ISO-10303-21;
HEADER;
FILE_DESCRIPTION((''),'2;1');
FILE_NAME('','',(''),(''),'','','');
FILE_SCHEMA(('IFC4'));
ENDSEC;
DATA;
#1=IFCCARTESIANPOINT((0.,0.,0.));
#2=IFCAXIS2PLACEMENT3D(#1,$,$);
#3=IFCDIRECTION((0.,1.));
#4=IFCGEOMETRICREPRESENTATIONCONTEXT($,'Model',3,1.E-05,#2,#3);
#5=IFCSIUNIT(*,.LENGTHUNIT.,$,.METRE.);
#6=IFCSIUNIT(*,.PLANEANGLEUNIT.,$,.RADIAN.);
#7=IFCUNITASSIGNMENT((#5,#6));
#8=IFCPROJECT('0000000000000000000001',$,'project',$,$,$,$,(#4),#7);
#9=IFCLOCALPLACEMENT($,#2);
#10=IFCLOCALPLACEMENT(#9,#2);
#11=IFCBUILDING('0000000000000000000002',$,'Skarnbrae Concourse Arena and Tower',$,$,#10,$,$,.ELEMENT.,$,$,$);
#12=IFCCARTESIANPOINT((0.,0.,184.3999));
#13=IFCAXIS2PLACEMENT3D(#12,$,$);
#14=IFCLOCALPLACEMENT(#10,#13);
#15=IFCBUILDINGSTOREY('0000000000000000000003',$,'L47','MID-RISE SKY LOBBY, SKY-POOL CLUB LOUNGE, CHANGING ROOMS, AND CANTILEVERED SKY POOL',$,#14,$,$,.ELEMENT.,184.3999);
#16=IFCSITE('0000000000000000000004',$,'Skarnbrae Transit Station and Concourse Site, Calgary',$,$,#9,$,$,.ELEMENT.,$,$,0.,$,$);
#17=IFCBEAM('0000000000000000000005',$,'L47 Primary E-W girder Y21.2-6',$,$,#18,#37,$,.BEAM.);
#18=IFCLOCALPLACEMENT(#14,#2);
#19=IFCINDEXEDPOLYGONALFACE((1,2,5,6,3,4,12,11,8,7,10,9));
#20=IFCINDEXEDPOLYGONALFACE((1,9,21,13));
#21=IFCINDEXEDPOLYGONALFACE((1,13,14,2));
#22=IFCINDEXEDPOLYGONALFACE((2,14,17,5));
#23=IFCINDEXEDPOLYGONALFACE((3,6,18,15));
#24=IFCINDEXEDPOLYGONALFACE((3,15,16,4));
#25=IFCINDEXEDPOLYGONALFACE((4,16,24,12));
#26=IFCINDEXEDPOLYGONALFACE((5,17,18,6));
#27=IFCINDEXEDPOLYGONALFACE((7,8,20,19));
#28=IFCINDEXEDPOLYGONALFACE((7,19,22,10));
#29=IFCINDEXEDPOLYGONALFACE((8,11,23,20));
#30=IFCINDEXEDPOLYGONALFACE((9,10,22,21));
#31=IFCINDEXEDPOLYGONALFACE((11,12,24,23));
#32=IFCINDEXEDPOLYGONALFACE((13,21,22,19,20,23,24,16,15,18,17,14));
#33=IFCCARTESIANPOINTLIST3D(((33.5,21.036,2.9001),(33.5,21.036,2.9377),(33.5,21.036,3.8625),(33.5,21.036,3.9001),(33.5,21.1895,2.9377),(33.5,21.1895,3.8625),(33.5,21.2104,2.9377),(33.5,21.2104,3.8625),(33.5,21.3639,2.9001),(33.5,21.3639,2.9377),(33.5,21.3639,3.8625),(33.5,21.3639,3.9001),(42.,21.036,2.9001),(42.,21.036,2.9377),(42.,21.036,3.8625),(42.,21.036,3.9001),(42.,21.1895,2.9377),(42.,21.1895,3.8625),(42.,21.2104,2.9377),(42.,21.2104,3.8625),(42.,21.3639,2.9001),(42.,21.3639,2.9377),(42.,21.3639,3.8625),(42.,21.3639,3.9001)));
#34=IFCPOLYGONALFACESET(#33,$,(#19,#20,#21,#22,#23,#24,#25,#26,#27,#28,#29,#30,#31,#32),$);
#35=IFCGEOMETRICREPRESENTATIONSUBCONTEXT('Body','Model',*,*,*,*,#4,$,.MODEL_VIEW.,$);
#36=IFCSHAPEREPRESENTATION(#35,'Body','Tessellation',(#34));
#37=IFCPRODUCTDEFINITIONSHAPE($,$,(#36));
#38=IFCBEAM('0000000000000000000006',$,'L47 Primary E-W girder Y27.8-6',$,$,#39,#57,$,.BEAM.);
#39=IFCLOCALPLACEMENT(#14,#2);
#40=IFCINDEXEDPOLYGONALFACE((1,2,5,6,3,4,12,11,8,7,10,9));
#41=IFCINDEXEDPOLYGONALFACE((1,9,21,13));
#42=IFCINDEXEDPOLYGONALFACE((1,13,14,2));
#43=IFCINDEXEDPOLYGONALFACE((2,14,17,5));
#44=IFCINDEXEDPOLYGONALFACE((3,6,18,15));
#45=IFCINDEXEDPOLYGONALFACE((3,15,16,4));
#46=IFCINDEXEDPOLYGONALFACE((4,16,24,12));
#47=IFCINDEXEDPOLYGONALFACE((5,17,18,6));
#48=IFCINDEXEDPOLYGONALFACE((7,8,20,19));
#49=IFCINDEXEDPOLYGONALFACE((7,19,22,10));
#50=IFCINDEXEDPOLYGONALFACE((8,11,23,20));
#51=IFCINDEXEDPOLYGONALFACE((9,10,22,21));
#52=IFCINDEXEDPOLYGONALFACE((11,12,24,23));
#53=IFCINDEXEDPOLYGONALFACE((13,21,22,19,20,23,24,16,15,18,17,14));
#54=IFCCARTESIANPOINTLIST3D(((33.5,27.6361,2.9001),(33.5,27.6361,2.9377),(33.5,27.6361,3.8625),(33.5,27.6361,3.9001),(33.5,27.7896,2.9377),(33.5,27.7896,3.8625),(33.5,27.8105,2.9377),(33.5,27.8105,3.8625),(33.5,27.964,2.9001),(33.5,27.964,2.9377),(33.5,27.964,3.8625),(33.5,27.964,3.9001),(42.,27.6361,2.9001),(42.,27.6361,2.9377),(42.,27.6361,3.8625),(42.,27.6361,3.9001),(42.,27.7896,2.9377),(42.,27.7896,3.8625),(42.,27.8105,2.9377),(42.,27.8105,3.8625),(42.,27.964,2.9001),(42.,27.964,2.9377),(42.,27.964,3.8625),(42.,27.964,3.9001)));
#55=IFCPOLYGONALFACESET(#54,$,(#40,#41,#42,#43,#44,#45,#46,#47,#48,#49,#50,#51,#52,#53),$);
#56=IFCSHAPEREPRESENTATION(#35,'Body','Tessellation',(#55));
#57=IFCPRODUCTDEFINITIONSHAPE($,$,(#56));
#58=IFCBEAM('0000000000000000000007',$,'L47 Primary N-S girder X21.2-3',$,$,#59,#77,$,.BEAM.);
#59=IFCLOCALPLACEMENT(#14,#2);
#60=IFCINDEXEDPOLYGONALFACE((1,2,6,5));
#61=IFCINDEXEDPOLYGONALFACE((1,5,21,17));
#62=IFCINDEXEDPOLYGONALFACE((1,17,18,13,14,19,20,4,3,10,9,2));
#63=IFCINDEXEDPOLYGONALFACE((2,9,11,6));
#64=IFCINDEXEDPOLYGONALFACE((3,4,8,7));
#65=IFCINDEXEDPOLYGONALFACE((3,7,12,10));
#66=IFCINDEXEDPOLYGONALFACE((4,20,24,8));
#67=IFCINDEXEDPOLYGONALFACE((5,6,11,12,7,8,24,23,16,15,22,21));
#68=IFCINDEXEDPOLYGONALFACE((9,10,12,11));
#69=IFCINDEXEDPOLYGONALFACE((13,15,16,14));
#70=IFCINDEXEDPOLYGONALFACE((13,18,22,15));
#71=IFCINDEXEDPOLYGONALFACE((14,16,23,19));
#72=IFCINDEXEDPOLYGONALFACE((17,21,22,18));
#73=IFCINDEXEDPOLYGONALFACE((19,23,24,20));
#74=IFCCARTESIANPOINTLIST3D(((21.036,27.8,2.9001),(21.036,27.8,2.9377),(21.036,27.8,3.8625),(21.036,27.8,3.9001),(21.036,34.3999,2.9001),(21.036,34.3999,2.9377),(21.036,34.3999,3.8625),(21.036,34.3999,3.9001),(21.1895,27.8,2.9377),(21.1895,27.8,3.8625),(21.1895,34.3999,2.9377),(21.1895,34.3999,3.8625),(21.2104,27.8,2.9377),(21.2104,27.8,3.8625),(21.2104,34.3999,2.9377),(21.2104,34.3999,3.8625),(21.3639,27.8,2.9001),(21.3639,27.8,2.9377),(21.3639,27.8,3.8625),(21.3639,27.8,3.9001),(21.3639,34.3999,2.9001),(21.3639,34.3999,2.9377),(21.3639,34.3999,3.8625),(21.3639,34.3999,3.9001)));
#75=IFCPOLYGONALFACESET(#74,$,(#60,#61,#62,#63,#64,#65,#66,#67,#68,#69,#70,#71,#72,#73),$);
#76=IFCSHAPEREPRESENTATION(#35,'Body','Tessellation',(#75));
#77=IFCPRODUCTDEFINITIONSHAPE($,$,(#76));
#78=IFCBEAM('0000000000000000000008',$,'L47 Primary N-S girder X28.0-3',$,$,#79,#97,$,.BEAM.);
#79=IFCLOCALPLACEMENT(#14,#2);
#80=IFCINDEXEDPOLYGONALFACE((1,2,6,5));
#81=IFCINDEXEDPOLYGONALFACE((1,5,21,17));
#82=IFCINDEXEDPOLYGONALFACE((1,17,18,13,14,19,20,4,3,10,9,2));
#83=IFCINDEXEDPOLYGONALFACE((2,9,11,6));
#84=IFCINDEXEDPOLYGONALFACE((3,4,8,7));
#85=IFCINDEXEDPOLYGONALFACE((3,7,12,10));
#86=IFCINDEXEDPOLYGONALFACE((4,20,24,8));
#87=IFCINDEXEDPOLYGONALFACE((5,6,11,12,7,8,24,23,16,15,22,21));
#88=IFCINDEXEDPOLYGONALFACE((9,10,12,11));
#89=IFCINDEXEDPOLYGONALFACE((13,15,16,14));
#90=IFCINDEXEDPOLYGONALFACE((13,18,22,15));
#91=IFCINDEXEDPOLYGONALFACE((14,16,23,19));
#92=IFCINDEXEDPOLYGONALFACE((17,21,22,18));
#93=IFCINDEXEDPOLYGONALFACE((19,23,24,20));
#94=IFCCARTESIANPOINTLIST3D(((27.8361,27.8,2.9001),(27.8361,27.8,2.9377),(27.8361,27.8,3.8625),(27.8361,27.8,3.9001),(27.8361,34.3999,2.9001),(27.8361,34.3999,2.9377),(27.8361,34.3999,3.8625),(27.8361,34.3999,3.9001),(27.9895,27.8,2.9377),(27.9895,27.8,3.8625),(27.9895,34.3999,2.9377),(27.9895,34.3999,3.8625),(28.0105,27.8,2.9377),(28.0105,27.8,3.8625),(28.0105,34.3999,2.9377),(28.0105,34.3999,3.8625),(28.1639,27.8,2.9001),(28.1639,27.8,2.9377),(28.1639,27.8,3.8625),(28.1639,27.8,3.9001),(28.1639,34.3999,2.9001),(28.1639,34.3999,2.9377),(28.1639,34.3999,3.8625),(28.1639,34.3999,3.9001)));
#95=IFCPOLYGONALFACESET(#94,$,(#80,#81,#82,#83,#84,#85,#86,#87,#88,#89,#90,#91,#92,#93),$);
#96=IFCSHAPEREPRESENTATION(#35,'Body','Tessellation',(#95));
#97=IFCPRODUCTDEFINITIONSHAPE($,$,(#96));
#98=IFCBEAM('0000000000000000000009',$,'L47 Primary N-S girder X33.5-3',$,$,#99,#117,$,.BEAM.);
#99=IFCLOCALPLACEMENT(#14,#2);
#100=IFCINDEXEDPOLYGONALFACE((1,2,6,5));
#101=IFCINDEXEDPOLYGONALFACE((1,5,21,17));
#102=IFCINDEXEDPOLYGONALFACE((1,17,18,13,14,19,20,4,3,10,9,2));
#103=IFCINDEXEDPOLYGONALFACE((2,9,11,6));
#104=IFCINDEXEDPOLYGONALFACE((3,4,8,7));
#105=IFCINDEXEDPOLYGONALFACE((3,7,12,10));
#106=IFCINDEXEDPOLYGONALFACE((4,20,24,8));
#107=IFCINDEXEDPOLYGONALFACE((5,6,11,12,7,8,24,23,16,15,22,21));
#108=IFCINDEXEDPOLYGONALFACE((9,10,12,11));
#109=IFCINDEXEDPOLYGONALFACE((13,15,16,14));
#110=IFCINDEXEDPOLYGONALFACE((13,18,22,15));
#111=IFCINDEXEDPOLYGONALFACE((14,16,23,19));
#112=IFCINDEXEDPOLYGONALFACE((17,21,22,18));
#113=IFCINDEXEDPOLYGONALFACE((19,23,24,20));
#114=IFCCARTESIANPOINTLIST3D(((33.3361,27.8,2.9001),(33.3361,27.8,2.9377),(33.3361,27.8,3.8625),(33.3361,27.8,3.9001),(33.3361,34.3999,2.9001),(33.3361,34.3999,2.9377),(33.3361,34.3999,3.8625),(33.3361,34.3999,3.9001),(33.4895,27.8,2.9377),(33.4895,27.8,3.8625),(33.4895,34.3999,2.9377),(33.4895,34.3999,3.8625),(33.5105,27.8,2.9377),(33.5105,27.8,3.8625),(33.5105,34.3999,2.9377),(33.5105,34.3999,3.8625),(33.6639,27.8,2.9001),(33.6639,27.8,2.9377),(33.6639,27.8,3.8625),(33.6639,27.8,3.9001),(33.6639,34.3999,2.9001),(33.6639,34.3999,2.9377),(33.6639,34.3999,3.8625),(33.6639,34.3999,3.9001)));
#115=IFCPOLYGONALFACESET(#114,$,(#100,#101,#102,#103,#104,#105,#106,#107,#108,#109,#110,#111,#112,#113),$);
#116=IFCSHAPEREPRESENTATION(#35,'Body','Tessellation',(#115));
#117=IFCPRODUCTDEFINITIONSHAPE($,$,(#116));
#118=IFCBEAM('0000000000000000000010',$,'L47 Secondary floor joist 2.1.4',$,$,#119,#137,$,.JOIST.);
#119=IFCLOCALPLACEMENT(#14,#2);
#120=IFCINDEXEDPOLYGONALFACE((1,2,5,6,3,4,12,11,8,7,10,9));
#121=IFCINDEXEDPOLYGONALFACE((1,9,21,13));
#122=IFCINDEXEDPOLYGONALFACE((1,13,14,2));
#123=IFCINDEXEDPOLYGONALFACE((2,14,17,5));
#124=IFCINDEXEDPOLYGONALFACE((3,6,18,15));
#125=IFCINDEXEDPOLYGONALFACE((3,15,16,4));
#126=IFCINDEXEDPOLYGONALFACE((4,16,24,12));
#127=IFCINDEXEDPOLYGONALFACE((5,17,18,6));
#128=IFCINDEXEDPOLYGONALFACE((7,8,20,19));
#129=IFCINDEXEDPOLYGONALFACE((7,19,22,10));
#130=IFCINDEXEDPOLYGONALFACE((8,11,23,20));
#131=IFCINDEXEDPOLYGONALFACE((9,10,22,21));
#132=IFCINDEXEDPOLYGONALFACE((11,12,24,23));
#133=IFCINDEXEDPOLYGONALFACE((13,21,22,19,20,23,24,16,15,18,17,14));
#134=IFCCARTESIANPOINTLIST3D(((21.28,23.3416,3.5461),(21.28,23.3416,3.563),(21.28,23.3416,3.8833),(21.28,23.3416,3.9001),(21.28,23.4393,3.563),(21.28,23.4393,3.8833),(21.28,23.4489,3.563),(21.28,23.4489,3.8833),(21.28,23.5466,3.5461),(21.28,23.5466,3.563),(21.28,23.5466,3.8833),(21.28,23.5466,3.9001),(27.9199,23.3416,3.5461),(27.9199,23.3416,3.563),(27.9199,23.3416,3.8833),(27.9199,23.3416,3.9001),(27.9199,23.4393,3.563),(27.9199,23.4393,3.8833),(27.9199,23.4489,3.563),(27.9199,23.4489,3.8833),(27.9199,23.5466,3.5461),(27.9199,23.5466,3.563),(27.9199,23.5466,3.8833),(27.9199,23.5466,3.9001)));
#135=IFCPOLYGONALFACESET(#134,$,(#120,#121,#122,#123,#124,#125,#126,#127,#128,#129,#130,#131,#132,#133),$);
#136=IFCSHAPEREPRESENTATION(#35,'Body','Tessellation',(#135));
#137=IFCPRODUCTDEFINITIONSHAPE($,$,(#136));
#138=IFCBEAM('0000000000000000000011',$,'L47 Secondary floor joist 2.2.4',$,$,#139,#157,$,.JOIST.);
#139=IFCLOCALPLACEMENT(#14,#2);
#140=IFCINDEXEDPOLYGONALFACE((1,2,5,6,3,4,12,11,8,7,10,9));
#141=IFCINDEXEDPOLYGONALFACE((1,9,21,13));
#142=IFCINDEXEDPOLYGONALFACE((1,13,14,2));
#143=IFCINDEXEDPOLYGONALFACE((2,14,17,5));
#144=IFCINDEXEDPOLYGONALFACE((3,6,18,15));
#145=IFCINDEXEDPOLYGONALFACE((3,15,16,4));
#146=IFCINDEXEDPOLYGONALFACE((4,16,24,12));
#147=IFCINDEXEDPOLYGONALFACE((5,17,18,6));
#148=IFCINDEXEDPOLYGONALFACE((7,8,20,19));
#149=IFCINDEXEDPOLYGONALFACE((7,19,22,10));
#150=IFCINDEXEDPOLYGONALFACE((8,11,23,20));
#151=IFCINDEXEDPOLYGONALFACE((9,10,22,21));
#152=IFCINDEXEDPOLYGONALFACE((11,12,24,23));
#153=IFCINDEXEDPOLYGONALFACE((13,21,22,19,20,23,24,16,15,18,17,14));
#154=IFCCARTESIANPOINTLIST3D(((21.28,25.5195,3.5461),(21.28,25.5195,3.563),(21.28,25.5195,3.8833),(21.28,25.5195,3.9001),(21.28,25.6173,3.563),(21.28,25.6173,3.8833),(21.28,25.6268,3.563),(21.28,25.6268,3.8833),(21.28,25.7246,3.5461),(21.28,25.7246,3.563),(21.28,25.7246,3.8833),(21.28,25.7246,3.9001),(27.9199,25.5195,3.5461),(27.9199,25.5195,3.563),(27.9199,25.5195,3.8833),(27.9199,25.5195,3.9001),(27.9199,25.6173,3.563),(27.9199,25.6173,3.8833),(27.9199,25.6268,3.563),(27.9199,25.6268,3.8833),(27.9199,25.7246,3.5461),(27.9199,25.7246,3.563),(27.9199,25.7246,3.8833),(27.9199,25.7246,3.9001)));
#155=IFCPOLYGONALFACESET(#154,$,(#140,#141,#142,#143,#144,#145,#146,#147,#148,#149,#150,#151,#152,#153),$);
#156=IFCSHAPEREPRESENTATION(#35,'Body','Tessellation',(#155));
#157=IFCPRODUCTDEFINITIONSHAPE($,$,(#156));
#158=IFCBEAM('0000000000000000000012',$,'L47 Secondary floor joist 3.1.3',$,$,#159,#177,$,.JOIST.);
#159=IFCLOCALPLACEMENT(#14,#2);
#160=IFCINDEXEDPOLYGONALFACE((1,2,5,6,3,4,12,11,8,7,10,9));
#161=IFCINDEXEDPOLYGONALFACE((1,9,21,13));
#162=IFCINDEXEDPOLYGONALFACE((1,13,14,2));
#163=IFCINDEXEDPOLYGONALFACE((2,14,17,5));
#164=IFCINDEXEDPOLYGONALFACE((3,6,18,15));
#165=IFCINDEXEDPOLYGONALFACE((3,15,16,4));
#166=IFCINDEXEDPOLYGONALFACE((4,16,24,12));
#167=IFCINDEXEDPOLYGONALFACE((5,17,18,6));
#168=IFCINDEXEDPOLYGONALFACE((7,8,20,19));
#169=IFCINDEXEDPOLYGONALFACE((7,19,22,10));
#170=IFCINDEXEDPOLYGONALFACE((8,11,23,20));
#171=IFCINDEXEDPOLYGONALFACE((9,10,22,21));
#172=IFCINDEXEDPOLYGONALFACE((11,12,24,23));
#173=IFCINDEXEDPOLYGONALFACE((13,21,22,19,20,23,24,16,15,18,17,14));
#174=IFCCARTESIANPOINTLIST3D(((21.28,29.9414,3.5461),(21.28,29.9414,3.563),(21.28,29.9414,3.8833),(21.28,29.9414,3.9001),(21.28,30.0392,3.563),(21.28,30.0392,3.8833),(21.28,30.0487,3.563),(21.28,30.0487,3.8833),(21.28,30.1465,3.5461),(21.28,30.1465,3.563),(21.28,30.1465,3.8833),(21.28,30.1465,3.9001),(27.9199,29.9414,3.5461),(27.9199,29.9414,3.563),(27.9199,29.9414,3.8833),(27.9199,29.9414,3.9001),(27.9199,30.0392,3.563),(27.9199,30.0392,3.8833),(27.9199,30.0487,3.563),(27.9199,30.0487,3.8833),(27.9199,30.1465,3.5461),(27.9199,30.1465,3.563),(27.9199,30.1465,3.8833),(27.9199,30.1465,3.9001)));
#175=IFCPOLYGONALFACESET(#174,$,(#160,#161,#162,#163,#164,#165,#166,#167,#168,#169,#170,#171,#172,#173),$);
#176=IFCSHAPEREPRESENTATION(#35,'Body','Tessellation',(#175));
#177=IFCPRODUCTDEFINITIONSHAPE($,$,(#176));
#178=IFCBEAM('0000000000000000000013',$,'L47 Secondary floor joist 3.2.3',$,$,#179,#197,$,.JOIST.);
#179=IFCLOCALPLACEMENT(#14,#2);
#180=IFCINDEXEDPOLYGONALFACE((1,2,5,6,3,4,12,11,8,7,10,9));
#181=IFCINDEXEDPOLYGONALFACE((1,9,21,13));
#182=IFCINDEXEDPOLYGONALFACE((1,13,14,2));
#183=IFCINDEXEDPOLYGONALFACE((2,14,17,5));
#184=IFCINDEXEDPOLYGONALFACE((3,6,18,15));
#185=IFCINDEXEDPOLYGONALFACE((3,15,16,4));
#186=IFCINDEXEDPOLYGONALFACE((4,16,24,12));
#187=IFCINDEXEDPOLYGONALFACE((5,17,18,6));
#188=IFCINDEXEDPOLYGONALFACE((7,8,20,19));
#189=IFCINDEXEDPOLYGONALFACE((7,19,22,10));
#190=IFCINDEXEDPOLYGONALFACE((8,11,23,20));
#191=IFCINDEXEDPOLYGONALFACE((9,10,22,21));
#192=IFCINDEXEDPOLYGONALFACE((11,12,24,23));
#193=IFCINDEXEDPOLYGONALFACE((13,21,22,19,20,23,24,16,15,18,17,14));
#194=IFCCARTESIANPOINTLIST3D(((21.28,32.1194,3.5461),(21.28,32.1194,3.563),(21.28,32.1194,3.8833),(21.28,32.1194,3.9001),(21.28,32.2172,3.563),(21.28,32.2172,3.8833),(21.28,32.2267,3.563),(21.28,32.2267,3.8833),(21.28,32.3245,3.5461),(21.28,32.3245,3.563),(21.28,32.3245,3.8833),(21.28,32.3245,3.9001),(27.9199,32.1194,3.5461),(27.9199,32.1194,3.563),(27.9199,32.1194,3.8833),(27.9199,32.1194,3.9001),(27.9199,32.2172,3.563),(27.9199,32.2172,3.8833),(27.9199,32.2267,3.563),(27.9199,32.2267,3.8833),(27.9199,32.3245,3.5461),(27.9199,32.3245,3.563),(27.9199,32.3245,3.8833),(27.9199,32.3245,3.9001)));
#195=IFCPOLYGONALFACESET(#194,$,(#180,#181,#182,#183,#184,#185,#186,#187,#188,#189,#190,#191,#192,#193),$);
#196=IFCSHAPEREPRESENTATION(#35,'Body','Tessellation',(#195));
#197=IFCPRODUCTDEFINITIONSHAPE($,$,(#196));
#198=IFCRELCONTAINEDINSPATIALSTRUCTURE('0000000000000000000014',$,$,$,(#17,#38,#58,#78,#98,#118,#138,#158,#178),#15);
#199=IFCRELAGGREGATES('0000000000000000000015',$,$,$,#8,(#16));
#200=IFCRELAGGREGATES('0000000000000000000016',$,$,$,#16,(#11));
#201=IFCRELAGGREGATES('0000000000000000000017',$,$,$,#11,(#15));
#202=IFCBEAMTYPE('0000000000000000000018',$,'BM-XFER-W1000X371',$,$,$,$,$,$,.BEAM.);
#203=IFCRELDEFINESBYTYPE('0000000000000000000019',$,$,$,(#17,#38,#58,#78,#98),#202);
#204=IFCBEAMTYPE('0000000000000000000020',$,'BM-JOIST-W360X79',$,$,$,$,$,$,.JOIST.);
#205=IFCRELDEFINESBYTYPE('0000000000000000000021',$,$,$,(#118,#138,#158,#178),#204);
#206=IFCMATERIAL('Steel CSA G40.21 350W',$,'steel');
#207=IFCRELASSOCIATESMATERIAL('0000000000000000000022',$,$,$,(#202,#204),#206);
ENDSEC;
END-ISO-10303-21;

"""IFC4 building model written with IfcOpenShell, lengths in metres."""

from ifc_helpers import new_model, si_unit, direction, frame, origin, origin_2d, place, context, subcontext, project, spatial, i_section, extrude, source, transform, mapped, material, material_profile, profile_set, type_object, element, save


model = new_model("IFC4")

# Units and contexts
model_context = context("Model", 3, precision=1e-05, world=origin(), true_north=direction((0.0, 1.0)))
body_context = subcontext(model_context, "Body", "Model", "MODEL_VIEW")
ifc_project = project(units=[si_unit("LENGTHUNIT", "METRE"), si_unit("PLANEANGLEUNIT", "RADIAN")], contexts=[model_context])

# Site, building, storey
site_placement = place(None, origin())
site = spatial("IfcSite", under=ifc_project, at=site_placement, Name="Skarnbrae Transit Station and Concourse Site, Calgary", CompositionType="ELEMENT", RefElevation=0.0)
building_placement = place(site_placement, origin())
building = spatial("IfcBuilding", under=site, at=building_placement, Name="Skarnbrae Concourse Arena and Tower", CompositionType="ELEMENT")
storey_placement = place(building_placement, frame((0.0, 0.0, 184.3999)))
storey = spatial("IfcBuildingStorey", under=building, at=storey_placement, Name="L47", Description="MID-RISE SKY LOBBY, SKY-POOL CLUB LOUNGE, CHANGING ROOMS, AND CANTILEVERED SKY POOL", CompositionType="ELEMENT", Elevation=184.3999)

# Shared definitions
ifc_material_1 = material(Name="Steel CSA G40.21 350W", Category="steel")

# Beams
ifc_material_profile_1 = material_profile(ifc_material_1, i_section(OverallWidth=0.3279, OverallDepth=1.0, WebThickness=0.021, FlangeThickness=0.0376, at=origin_2d()), Name="W1000X371")
ifc_profile_set_1 = profile_set([ifc_material_profile_1], Name="Steel CSA G40.21 350W")
beam_type_1 = type_object("IfcBeamType", Name="BM-XFER-W1000X371", PredefinedType="BEAM", material=ifc_profile_set_1)
shared_shape_1 = source(origin(), body_context, "Body", "SweptSolid", [
    extrude(i_section(OverallWidth=0.3279, OverallDepth=1.0, WebThickness=0.021, FlangeThickness=0.0376, at=origin_2d()), origin(), (0.0, 0.0, 1.0), 8.5),
])
for number, where, z_axis, x_axis, name in (
    (1, (33.5, 21.2, 3.4001), (1.0, 0.0, 0.0), (0.0, 1.0, 0.0), "L47 Primary E-W girder Y21.2-6"),
    (2, (33.5, 27.8, 3.4001), (1.0, 0.0, 0.0), (0.0, 1.0, 0.0), "L47 Primary E-W girder Y27.8-6"),
):
    element("IfcBeam", number, at=place(storey_placement, frame(where, z_axis=z_axis, x_axis=x_axis)), inside=storey, type_object=beam_type_1, Name=name, PredefinedType="BEAM", context=body_context, shape_type="MappedRepresentation", body=[
        mapped(shared_shape_1, transform((0.0, 0.0, 0.0))),
    ])
shared_shape_2 = source(origin(), body_context, "Body", "SweptSolid", [
    extrude(i_section(OverallWidth=0.3279, OverallDepth=1.0, WebThickness=0.021, FlangeThickness=0.0376, at=origin_2d()), origin(), (0.0, 0.0, 1.0), 6.5999),
])
for number, where, z_axis, x_axis, name in (
    (3, (21.2, 27.8, 3.4001), (0.0, 1.0, 0.0), (-1.0, 0.0, 0.0), "L47 Primary N-S girder X21.2-3"),
    (4, (28.0, 27.8, 3.4001), (0.0, 1.0, 0.0), (-1.0, 0.0, 0.0), "L47 Primary N-S girder X28.0-3"),
    (5, (33.5, 27.8, 3.4001), (0.0, 1.0, 0.0), (-1.0, 0.0, 0.0), "L47 Primary N-S girder X33.5-3"),
):
    element("IfcBeam", number, at=place(storey_placement, frame(where, z_axis=z_axis, x_axis=x_axis)), inside=storey, type_object=beam_type_1, Name=name, PredefinedType="BEAM", context=body_context, shape_type="MappedRepresentation", body=[
        mapped(shared_shape_2, transform((0.0, 0.0, 0.0))),
    ])
ifc_material_profile_2 = material_profile(ifc_material_1, i_section(OverallWidth=0.2051, OverallDepth=0.354, WebThickness=0.0095, FlangeThickness=0.0168, at=origin_2d()), Name="W360X79")
ifc_profile_set_2 = profile_set([ifc_material_profile_2], Name="Steel CSA G40.21 350W")
beam_type_2 = type_object("IfcBeamType", Name="BM-JOIST-W360X79", PredefinedType="JOIST", material=ifc_profile_set_2)
shared_shape_3 = source(origin(), body_context, "Body", "SweptSolid", [
    extrude(i_section(OverallWidth=0.2051, OverallDepth=0.354, WebThickness=0.0095, FlangeThickness=0.0168, at=origin_2d()), origin(), (0.0, 0.0, 1.0), 6.6399),
])
for number, where, z_axis, x_axis, name in (
    (6, (21.28, 23.4441, 3.7231), (1.0, 0.0, 0.0), (0.0, 1.0, 0.0), "L47 Secondary floor joist 2.1.4"),
    (7, (21.28, 25.6221, 3.7231), (1.0, 0.0, 0.0), (0.0, 1.0, 0.0), "L47 Secondary floor joist 2.2.4"),
    (8, (21.28, 30.0439, 3.7231), (1.0, 0.0, 0.0), (0.0, 1.0, 0.0), "L47 Secondary floor joist 3.1.3"),
    (9, (21.28, 32.2219, 3.7231), (1.0, 0.0, 0.0), (0.0, 1.0, 0.0), "L47 Secondary floor joist 3.2.3"),
):
    element("IfcBeam", number, at=place(storey_placement, frame(where, z_axis=z_axis, x_axis=x_axis)), inside=storey, type_object=beam_type_2, Name=name, PredefinedType="JOIST", context=body_context, shape_type="MappedRepresentation", body=[
        mapped(shared_shape_3, transform((0.0, 0.0, 0.0))),
    ])

save(model, "model.ifc")
